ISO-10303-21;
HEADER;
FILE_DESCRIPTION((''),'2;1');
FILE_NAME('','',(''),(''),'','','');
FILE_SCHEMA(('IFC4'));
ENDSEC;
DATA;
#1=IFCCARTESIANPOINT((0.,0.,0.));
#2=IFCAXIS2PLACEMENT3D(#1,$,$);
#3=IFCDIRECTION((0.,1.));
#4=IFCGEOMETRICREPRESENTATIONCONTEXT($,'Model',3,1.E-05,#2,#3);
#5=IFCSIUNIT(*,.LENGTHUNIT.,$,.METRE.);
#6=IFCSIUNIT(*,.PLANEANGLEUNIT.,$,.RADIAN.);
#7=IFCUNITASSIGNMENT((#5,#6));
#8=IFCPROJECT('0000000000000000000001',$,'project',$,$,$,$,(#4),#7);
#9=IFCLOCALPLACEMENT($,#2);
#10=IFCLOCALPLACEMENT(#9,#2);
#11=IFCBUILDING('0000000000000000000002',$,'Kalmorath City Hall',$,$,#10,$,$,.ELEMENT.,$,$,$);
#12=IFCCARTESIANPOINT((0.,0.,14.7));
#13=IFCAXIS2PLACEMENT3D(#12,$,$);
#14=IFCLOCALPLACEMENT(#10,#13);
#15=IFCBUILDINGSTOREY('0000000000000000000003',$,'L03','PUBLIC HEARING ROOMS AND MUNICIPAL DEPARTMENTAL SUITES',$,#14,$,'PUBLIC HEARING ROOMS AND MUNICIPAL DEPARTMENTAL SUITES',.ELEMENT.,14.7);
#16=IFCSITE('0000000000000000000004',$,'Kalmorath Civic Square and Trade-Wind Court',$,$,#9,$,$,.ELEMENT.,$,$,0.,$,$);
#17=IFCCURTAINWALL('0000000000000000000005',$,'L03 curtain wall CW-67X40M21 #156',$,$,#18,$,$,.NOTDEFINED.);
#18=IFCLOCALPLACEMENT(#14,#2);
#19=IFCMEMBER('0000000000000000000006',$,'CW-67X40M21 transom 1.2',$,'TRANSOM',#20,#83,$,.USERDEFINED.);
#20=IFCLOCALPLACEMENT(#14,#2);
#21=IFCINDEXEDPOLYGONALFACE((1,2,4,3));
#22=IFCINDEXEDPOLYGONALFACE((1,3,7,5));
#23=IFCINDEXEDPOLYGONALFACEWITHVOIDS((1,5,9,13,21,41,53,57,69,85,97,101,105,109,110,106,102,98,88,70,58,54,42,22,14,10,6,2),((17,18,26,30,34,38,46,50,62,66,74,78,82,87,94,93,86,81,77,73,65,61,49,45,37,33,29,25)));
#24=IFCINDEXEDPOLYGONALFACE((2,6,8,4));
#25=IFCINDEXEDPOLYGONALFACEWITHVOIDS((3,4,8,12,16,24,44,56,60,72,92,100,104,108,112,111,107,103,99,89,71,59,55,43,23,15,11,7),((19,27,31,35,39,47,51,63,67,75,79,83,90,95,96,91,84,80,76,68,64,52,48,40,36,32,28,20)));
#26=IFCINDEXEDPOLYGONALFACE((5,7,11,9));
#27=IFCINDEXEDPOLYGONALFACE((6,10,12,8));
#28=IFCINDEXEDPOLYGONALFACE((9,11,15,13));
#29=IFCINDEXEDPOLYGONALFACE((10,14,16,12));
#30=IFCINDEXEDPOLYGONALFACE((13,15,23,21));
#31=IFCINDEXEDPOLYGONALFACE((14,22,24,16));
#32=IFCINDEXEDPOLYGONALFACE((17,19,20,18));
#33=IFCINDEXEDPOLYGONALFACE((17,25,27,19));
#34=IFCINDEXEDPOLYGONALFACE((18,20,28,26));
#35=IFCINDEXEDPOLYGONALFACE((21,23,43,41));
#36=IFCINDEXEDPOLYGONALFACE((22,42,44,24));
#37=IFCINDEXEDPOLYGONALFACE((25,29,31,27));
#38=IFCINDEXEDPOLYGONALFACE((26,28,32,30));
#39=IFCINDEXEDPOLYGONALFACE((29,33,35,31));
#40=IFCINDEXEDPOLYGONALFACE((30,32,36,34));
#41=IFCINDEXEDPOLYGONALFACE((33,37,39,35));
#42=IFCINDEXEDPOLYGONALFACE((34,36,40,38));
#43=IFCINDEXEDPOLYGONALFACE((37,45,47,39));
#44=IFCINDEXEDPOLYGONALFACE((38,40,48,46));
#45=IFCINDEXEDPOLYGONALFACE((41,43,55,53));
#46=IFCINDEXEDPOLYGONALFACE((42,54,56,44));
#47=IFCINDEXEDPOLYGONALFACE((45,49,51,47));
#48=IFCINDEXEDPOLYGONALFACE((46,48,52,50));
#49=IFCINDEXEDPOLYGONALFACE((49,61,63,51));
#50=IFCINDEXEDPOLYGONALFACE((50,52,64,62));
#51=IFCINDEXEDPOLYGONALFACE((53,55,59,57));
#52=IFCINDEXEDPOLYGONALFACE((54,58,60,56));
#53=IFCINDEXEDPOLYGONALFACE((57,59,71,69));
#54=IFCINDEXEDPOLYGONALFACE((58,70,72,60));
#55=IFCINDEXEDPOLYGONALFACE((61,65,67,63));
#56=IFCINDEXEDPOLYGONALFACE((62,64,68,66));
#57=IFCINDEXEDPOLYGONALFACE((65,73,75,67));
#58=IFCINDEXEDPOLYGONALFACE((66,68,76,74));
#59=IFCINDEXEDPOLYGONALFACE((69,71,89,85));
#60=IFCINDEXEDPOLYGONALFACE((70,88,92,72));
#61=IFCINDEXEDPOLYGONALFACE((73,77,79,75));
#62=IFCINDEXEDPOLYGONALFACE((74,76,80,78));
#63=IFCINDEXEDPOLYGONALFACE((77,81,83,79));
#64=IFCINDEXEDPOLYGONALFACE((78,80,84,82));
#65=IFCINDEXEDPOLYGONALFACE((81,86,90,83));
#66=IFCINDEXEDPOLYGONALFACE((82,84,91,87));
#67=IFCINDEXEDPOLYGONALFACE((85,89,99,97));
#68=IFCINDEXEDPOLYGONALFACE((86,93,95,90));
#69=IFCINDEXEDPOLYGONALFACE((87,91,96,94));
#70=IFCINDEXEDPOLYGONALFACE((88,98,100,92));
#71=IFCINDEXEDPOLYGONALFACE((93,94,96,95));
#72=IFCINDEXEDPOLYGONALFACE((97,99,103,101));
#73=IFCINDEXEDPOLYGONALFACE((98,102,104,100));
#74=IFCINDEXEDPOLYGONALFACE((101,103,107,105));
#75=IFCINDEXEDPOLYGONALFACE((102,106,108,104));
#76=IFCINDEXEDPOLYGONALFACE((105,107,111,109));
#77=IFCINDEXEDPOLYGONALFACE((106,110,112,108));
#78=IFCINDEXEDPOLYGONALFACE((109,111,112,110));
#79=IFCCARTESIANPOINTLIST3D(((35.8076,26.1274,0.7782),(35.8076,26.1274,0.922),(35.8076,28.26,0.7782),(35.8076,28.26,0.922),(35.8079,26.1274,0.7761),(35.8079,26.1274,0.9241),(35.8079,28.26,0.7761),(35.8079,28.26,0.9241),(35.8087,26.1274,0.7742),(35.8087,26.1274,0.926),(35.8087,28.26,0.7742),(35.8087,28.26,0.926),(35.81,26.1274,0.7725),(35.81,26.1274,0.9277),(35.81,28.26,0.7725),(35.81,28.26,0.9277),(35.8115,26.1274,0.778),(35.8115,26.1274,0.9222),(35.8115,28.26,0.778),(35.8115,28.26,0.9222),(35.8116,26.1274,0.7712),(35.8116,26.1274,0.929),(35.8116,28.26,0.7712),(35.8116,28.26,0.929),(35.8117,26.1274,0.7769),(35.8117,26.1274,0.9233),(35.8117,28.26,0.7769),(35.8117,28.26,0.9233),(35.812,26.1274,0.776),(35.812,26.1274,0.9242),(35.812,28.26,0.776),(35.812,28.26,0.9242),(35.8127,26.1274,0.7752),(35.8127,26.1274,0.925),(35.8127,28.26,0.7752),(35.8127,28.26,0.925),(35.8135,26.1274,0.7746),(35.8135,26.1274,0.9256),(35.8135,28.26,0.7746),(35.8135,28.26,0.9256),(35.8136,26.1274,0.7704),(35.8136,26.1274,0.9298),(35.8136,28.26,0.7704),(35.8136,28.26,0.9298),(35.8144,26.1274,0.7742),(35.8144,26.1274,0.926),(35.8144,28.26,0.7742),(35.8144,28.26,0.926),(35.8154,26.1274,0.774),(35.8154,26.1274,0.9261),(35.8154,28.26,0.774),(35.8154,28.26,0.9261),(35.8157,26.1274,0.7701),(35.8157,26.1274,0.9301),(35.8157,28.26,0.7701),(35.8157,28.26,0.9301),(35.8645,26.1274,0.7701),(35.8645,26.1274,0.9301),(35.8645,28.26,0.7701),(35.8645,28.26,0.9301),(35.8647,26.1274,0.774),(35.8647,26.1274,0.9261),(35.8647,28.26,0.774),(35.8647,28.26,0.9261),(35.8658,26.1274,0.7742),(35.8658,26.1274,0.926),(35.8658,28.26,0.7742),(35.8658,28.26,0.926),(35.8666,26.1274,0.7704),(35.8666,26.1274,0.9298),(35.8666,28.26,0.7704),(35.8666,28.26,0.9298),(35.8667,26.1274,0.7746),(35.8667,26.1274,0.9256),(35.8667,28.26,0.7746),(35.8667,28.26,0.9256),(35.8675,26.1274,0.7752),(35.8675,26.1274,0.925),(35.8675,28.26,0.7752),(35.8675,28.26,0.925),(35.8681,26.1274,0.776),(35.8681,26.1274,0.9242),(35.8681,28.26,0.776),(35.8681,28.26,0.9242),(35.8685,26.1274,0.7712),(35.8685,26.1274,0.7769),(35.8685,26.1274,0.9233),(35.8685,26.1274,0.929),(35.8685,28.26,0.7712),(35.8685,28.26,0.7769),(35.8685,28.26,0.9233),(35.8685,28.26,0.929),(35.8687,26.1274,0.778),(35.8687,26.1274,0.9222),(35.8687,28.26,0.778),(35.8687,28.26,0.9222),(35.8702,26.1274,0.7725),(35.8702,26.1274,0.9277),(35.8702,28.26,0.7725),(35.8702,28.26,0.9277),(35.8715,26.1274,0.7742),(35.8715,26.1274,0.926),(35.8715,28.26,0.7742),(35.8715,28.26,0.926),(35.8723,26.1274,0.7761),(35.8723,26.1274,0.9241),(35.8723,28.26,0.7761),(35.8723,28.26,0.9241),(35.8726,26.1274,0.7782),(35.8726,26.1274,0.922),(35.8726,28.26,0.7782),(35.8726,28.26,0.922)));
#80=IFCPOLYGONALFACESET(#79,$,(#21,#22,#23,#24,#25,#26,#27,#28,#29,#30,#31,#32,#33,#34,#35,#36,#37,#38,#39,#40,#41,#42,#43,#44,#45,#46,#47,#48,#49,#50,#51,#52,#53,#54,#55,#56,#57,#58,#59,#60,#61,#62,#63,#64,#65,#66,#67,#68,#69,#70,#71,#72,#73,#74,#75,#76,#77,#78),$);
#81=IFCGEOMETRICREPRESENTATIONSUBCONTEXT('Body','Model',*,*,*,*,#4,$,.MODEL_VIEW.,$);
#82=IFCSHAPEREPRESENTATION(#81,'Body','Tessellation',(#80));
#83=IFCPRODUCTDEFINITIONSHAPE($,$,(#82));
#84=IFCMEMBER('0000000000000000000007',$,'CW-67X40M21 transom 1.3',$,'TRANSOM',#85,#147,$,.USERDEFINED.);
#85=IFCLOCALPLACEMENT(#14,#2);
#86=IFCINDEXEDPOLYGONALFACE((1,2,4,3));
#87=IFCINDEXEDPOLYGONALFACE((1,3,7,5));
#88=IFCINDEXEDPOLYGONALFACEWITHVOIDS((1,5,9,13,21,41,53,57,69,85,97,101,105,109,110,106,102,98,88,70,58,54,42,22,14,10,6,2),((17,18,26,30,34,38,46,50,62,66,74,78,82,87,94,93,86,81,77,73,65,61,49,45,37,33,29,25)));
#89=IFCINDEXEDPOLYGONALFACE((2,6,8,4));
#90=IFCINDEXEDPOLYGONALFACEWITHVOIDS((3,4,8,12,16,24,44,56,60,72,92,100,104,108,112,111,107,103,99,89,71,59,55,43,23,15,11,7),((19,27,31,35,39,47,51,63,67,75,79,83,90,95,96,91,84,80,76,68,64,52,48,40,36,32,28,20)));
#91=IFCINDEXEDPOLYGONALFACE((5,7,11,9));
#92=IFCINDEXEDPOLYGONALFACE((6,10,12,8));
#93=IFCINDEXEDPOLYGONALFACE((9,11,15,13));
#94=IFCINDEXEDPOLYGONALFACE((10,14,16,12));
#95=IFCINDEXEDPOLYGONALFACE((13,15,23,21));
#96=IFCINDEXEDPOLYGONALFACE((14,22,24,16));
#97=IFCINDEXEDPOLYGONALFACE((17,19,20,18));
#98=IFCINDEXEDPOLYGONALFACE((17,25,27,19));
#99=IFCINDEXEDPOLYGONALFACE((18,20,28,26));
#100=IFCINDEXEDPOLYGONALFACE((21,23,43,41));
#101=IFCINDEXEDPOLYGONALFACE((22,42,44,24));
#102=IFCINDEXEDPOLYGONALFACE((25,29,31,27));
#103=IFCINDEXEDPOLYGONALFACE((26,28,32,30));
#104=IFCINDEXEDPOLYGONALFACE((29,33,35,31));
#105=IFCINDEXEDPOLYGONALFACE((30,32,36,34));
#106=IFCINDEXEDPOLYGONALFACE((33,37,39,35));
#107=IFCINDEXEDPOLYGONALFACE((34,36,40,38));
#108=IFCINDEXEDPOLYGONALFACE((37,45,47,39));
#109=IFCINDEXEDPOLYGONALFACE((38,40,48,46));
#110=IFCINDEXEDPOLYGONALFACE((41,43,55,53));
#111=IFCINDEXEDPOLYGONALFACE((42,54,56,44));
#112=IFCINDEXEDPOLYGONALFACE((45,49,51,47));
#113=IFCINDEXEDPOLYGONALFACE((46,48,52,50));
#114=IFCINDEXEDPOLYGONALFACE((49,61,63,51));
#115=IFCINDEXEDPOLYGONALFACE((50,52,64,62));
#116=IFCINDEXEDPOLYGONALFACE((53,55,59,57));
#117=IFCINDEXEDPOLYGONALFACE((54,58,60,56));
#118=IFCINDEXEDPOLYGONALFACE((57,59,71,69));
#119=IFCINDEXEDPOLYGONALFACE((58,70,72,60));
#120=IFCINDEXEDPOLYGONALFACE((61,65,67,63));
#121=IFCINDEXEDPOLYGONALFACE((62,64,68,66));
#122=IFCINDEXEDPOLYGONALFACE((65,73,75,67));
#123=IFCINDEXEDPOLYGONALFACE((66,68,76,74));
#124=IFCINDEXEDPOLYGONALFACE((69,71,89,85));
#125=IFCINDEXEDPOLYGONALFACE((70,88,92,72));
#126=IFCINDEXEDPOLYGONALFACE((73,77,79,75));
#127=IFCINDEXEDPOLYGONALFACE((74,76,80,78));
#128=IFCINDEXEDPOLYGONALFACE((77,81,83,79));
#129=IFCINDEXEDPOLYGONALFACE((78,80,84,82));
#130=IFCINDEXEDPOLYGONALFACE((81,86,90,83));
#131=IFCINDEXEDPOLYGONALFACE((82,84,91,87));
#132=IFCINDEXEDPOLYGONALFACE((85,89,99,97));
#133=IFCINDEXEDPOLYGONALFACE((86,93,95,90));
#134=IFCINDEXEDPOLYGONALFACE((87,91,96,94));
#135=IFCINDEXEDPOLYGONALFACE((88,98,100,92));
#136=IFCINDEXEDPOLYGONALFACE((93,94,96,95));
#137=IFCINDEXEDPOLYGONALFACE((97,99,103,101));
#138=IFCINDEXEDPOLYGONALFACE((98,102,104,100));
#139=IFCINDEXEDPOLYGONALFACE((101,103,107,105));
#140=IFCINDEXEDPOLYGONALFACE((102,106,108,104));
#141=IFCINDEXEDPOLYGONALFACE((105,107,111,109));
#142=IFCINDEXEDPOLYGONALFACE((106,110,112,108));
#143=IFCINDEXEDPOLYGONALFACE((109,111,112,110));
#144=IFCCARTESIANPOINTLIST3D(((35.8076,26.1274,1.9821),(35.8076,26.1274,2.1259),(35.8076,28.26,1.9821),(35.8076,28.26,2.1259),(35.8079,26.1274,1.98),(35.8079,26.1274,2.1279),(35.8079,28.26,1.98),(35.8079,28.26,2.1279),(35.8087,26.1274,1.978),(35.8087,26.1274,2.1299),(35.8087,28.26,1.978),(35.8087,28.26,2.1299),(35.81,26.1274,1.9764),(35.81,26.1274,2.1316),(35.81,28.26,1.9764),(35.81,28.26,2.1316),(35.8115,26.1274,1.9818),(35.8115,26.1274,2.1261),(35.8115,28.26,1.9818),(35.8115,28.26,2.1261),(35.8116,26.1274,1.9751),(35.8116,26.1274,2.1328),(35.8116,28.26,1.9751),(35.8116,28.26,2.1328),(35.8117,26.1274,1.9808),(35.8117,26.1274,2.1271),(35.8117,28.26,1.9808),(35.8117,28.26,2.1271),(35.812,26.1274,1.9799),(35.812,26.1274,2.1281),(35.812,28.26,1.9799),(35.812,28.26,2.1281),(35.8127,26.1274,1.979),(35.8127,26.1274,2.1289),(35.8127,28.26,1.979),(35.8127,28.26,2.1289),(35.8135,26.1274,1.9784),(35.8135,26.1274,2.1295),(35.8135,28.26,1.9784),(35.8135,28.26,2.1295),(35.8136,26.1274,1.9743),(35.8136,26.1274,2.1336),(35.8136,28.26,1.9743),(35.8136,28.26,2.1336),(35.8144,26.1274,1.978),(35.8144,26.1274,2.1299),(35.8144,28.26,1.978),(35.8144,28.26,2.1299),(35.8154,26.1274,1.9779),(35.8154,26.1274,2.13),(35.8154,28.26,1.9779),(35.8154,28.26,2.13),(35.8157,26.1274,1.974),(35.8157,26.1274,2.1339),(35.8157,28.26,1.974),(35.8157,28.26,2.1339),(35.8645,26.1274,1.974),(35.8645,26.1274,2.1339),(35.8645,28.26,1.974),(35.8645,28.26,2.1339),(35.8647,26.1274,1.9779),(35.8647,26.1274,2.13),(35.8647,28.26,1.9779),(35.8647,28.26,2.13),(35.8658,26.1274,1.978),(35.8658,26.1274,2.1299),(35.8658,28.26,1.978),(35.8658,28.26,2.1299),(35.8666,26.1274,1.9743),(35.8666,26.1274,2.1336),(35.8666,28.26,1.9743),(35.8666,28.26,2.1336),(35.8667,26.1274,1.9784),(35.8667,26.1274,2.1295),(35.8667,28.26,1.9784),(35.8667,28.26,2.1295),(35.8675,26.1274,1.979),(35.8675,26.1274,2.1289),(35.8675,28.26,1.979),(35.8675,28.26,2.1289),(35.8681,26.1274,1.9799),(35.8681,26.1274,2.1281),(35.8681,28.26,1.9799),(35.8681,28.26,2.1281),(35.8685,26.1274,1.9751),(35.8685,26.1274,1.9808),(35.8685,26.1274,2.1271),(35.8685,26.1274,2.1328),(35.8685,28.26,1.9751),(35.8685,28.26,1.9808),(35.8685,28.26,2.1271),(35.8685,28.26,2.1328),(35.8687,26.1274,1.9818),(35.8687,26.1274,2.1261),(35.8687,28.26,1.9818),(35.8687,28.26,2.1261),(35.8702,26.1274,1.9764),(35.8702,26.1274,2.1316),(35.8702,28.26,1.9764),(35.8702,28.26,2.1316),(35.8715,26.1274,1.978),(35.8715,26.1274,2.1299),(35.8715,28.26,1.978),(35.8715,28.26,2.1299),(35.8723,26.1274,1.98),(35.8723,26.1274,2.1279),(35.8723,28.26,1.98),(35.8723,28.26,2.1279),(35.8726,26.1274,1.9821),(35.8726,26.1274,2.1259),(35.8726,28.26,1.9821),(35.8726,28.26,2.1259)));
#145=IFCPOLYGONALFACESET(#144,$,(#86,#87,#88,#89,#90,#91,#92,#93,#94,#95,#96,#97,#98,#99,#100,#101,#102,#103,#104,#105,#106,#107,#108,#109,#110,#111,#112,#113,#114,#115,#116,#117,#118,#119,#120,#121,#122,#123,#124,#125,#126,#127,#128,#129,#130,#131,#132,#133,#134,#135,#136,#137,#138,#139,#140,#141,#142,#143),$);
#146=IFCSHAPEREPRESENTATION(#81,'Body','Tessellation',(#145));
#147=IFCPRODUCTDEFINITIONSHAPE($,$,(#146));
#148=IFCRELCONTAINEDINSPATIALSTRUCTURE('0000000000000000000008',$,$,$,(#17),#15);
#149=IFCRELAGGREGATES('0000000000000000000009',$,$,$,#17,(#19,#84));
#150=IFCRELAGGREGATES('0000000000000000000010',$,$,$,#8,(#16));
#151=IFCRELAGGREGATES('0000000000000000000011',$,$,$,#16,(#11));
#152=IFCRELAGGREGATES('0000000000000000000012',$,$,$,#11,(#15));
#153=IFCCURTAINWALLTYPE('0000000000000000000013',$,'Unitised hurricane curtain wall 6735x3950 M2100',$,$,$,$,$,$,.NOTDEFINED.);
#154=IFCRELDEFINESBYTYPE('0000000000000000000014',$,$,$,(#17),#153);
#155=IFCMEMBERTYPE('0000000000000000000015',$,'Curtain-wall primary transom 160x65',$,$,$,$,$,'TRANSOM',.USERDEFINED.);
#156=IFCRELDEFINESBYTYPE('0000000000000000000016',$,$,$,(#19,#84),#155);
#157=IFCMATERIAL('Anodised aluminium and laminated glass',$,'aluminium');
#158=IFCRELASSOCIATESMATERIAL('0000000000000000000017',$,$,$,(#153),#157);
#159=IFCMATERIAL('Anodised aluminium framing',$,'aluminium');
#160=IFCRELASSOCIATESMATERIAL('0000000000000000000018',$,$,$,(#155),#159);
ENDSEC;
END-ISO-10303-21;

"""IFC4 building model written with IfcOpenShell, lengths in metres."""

from ifc_helpers import new_model, si_unit, direction, frame, origin, origin_2d, place, context, subcontext, project, spatial, hollow_rectangle, extrude, material, material_profile, profile_set, type_object, element, aggregate, save


model = new_model("IFC4")

# Units and contexts
model_context = context("Model", 3, precision=1e-05, world=origin(), true_north=direction((0.0, 1.0)))
body_context = subcontext(model_context, "Body", "Model", "MODEL_VIEW")
ifc_project = project(units=[si_unit("LENGTHUNIT", "METRE"), si_unit("PLANEANGLEUNIT", "RADIAN")], contexts=[model_context])

# Site, building, storey
site_placement = place(None, origin())
site = spatial("IfcSite", under=ifc_project, at=site_placement, Name="Kalmorath Civic Square and Trade-Wind Court", CompositionType="ELEMENT", RefElevation=0.0)
building_placement = place(site_placement, origin())
building = spatial("IfcBuilding", under=site, at=building_placement, Name="Kalmorath City Hall", CompositionType="ELEMENT")
storey_placement = place(building_placement, frame((0.0, 0.0, 14.7)))
storey = spatial("IfcBuildingStorey", under=building, at=storey_placement, Name="L03", Description="PUBLIC HEARING ROOMS AND MUNICIPAL DEPARTMENTAL SUITES", LongName="PUBLIC HEARING ROOMS AND MUNICIPAL DEPARTMENTAL SUITES", CompositionType="ELEMENT", Elevation=14.7)

# Curtain wall, members
ifc_material_1 = material(Name="Anodised aluminium and laminated glass", Category="aluminium")
curtain_wall_type = type_object("IfcCurtainWallType", Name="Unitised hurricane curtain wall 6735x3950 M2100", PredefinedType="NOTDEFINED", material=ifc_material_1)
curtain_wall_placement = place(storey_placement, origin())
curtain_wall = element("IfcCurtainWall", 1, at=curtain_wall_placement, inside=storey, type_object=curtain_wall_type, Name="L03 curtain wall CW-67X40M21 #156", PredefinedType="NOTDEFINED")
ifc_material_2 = material(Name="Anodised aluminium framing", Category="aluminium")
ifc_material_profile_1 = material_profile(ifc_material_2, hollow_rectangle(XDim=0.0649, YDim=0.1599, WallThickness=0.0039, InnerFilletRadius=0.0039, OuterFilletRadius=0.0081, at=origin_2d()), Name="ALU-TRN-160X65X4")
ifc_profile_set_1 = profile_set([ifc_material_profile_1], Name="Anodised aluminium framing")
member_type = type_object("IfcMemberType", Name="Curtain-wall primary transom 160x65", ElementType="TRANSOM", PredefinedType="USERDEFINED", material=ifc_profile_set_1)
member_1_placement = place(storey_placement, frame((35.8401, 28.26, 0.8501), z_axis=(0.0, -1.0, 0.0), x_axis=(1.0, 0.0, 0.0)))
member_1 = element("IfcMember", 2, at=member_1_placement, type_object=member_type, Name="CW-67X40M21 transom 1.2", ObjectType="TRANSOM", PredefinedType="USERDEFINED", context=body_context, shape_type="SweptSolid", body=[
    extrude(hollow_rectangle(XDim=0.0649, YDim=0.1599, WallThickness=0.0039, InnerFilletRadius=0.0039, OuterFilletRadius=0.0081, at=origin_2d()), origin(), (0.0, 0.0, 1.0), 2.1326),
])
member_2_placement = place(storey_placement, frame((35.8401, 28.26, 2.054), z_axis=(0.0, -1.0, 0.0), x_axis=(1.0, 0.0, 0.0)))
member_2 = element("IfcMember", 3, at=member_2_placement, type_object=member_type, Name="CW-67X40M21 transom 1.3", ObjectType="TRANSOM", PredefinedType="USERDEFINED", context=body_context, shape_type="SweptSolid", body=[
    extrude(hollow_rectangle(XDim=0.0649, YDim=0.1599, WallThickness=0.0039, InnerFilletRadius=0.0039, OuterFilletRadius=0.0081, at=origin_2d()), origin(), (0.0, 0.0, 1.0), 2.1326),
])

aggregate(curtain_wall, [member_1, member_2])

save(model, "model.ifc")
